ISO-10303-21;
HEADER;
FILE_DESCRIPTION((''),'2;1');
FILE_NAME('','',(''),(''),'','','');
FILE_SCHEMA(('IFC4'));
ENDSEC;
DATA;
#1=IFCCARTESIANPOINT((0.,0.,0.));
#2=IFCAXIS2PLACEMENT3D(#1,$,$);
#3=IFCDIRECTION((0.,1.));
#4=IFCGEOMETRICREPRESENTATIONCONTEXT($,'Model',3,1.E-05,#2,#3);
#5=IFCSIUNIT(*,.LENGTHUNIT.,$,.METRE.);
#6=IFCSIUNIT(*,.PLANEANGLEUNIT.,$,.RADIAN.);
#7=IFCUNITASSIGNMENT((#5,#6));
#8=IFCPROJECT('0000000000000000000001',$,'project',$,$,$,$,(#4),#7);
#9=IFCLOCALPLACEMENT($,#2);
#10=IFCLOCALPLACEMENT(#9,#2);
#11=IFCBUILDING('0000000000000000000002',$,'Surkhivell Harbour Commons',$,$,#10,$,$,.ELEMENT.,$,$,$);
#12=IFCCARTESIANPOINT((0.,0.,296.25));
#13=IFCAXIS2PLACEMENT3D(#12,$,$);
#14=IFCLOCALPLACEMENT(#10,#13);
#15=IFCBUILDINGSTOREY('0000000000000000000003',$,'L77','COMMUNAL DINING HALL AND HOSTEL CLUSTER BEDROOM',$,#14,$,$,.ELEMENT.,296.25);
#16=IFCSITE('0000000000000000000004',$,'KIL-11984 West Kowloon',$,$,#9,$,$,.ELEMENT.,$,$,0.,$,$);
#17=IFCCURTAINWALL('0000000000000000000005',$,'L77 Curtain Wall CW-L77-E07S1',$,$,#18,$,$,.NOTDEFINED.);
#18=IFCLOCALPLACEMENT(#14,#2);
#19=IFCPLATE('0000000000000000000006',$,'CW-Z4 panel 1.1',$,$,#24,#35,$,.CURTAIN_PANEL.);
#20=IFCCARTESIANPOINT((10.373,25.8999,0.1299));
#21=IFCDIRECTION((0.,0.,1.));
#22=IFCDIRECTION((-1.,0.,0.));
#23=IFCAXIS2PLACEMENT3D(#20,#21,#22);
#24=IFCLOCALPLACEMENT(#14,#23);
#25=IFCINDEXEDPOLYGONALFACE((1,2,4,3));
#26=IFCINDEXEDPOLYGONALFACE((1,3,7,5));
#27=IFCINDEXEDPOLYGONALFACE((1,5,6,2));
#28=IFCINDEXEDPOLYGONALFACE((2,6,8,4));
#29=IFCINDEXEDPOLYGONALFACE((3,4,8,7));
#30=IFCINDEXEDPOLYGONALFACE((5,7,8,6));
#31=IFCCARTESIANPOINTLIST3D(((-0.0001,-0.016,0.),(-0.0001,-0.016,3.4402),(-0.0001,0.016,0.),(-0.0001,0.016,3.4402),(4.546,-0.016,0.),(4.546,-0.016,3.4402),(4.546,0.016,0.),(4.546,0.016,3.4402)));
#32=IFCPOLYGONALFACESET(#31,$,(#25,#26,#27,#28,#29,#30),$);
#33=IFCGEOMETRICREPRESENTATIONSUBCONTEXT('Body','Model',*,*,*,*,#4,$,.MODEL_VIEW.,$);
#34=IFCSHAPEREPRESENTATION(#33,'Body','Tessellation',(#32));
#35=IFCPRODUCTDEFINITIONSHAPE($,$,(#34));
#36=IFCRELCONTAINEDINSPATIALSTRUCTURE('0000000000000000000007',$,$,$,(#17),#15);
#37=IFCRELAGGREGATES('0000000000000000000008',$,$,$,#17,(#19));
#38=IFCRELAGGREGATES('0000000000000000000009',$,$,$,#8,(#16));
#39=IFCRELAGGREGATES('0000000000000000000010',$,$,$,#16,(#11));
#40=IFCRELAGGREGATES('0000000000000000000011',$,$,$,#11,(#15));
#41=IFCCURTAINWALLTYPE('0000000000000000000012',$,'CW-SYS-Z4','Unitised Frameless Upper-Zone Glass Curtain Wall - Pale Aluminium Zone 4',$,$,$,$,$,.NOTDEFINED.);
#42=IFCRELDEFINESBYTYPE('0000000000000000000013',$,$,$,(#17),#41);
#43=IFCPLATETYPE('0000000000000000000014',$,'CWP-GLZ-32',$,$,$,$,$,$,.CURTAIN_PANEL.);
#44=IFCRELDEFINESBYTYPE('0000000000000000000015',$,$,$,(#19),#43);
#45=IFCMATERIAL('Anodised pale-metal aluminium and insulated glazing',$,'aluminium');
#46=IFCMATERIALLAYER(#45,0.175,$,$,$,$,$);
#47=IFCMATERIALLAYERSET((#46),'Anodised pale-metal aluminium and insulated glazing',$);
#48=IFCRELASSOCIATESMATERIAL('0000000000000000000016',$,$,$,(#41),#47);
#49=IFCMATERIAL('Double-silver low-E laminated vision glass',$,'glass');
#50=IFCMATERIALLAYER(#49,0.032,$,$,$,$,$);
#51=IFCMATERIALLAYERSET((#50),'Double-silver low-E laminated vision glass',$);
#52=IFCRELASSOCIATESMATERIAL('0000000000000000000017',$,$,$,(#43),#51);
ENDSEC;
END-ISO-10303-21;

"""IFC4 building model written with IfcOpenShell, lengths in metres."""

from ifc_helpers import new_model, si_unit, direction, frame, frame_2d, origin, place, context, subcontext, project, spatial, rectangle, extrude, material, layer, layer_set, type_object, element, aggregate, save


model = new_model("IFC4")

# Units and contexts
model_context = context("Model", 3, precision=1e-05, world=origin(), true_north=direction((0.0, 1.0)))
body_context = subcontext(model_context, "Body", "Model", "MODEL_VIEW")
ifc_project = project(units=[si_unit("LENGTHUNIT", "METRE"), si_unit("PLANEANGLEUNIT", "RADIAN")], contexts=[model_context])

# Site, building, storey
site_placement = place(None, origin())
site = spatial("IfcSite", under=ifc_project, at=site_placement, Name="KIL-11984 West Kowloon", CompositionType="ELEMENT", RefElevation=0.0)
building_placement = place(site_placement, origin())
building = spatial("IfcBuilding", under=site, at=building_placement, Name="Surkhivell Harbour Commons", CompositionType="ELEMENT")
storey_placement = place(building_placement, frame((0.0, 0.0, 296.25)))
storey = spatial("IfcBuildingStorey", under=building, at=storey_placement, Name="L77", Description="COMMUNAL DINING HALL AND HOSTEL CLUSTER BEDROOM", CompositionType="ELEMENT", Elevation=296.25)

# Curtain wall
ifc_material_1 = material(Name="Anodised pale-metal aluminium and insulated glazing", Category="aluminium")
ifc_layer_1 = layer(ifc_material_1, 0.175)
ifc_layer_set_1 = layer_set([ifc_layer_1], Name="Anodised pale-metal aluminium and insulated glazing")
curtain_wall_type = type_object("IfcCurtainWallType", Name="CW-SYS-Z4", Description="Unitised Frameless Upper-Zone Glass Curtain Wall - Pale Aluminium Zone 4", PredefinedType="NOTDEFINED", material=ifc_layer_set_1)
curtain_wall_1_placement = place(storey_placement, origin())
curtain_wall_1 = element("IfcCurtainWall", 1, at=curtain_wall_1_placement, inside=storey, type_object=curtain_wall_type, Name="L77 Curtain Wall CW-L77-E07S1", PredefinedType="NOTDEFINED")

# Plate
ifc_material_2 = material(Name="Double-silver low-E laminated vision glass", Category="glass")
ifc_layer_2 = layer(ifc_material_2, 0.032)
ifc_layer_set_2 = layer_set([ifc_layer_2], Name="Double-silver low-E laminated vision glass")
plate_type = type_object("IfcPlateType", Name="CWP-GLZ-32", PredefinedType="CURTAIN_PANEL", material=ifc_layer_set_2)
plate_1_placement = place(storey_placement, frame((10.373, 25.8999, 0.1299), z_axis=(0.0, 0.0, 1.0), x_axis=(-1.0, 0.0, 0.0)))
plate_1 = element("IfcPlate", 2, at=plate_1_placement, type_object=plate_type, Name="CW-Z4 panel 1.1", PredefinedType="CURTAIN_PANEL", context=body_context, shape_type="SweptSolid", body=[
    extrude(rectangle(XDim=4.5461, YDim=0.032, at=frame_2d((2.2729, 0.0))), origin(), (0.0, 0.0, 1.0), 3.4402),
])
aggregate(curtain_wall_1, [plate_1])

save(model, "model.ifc")
